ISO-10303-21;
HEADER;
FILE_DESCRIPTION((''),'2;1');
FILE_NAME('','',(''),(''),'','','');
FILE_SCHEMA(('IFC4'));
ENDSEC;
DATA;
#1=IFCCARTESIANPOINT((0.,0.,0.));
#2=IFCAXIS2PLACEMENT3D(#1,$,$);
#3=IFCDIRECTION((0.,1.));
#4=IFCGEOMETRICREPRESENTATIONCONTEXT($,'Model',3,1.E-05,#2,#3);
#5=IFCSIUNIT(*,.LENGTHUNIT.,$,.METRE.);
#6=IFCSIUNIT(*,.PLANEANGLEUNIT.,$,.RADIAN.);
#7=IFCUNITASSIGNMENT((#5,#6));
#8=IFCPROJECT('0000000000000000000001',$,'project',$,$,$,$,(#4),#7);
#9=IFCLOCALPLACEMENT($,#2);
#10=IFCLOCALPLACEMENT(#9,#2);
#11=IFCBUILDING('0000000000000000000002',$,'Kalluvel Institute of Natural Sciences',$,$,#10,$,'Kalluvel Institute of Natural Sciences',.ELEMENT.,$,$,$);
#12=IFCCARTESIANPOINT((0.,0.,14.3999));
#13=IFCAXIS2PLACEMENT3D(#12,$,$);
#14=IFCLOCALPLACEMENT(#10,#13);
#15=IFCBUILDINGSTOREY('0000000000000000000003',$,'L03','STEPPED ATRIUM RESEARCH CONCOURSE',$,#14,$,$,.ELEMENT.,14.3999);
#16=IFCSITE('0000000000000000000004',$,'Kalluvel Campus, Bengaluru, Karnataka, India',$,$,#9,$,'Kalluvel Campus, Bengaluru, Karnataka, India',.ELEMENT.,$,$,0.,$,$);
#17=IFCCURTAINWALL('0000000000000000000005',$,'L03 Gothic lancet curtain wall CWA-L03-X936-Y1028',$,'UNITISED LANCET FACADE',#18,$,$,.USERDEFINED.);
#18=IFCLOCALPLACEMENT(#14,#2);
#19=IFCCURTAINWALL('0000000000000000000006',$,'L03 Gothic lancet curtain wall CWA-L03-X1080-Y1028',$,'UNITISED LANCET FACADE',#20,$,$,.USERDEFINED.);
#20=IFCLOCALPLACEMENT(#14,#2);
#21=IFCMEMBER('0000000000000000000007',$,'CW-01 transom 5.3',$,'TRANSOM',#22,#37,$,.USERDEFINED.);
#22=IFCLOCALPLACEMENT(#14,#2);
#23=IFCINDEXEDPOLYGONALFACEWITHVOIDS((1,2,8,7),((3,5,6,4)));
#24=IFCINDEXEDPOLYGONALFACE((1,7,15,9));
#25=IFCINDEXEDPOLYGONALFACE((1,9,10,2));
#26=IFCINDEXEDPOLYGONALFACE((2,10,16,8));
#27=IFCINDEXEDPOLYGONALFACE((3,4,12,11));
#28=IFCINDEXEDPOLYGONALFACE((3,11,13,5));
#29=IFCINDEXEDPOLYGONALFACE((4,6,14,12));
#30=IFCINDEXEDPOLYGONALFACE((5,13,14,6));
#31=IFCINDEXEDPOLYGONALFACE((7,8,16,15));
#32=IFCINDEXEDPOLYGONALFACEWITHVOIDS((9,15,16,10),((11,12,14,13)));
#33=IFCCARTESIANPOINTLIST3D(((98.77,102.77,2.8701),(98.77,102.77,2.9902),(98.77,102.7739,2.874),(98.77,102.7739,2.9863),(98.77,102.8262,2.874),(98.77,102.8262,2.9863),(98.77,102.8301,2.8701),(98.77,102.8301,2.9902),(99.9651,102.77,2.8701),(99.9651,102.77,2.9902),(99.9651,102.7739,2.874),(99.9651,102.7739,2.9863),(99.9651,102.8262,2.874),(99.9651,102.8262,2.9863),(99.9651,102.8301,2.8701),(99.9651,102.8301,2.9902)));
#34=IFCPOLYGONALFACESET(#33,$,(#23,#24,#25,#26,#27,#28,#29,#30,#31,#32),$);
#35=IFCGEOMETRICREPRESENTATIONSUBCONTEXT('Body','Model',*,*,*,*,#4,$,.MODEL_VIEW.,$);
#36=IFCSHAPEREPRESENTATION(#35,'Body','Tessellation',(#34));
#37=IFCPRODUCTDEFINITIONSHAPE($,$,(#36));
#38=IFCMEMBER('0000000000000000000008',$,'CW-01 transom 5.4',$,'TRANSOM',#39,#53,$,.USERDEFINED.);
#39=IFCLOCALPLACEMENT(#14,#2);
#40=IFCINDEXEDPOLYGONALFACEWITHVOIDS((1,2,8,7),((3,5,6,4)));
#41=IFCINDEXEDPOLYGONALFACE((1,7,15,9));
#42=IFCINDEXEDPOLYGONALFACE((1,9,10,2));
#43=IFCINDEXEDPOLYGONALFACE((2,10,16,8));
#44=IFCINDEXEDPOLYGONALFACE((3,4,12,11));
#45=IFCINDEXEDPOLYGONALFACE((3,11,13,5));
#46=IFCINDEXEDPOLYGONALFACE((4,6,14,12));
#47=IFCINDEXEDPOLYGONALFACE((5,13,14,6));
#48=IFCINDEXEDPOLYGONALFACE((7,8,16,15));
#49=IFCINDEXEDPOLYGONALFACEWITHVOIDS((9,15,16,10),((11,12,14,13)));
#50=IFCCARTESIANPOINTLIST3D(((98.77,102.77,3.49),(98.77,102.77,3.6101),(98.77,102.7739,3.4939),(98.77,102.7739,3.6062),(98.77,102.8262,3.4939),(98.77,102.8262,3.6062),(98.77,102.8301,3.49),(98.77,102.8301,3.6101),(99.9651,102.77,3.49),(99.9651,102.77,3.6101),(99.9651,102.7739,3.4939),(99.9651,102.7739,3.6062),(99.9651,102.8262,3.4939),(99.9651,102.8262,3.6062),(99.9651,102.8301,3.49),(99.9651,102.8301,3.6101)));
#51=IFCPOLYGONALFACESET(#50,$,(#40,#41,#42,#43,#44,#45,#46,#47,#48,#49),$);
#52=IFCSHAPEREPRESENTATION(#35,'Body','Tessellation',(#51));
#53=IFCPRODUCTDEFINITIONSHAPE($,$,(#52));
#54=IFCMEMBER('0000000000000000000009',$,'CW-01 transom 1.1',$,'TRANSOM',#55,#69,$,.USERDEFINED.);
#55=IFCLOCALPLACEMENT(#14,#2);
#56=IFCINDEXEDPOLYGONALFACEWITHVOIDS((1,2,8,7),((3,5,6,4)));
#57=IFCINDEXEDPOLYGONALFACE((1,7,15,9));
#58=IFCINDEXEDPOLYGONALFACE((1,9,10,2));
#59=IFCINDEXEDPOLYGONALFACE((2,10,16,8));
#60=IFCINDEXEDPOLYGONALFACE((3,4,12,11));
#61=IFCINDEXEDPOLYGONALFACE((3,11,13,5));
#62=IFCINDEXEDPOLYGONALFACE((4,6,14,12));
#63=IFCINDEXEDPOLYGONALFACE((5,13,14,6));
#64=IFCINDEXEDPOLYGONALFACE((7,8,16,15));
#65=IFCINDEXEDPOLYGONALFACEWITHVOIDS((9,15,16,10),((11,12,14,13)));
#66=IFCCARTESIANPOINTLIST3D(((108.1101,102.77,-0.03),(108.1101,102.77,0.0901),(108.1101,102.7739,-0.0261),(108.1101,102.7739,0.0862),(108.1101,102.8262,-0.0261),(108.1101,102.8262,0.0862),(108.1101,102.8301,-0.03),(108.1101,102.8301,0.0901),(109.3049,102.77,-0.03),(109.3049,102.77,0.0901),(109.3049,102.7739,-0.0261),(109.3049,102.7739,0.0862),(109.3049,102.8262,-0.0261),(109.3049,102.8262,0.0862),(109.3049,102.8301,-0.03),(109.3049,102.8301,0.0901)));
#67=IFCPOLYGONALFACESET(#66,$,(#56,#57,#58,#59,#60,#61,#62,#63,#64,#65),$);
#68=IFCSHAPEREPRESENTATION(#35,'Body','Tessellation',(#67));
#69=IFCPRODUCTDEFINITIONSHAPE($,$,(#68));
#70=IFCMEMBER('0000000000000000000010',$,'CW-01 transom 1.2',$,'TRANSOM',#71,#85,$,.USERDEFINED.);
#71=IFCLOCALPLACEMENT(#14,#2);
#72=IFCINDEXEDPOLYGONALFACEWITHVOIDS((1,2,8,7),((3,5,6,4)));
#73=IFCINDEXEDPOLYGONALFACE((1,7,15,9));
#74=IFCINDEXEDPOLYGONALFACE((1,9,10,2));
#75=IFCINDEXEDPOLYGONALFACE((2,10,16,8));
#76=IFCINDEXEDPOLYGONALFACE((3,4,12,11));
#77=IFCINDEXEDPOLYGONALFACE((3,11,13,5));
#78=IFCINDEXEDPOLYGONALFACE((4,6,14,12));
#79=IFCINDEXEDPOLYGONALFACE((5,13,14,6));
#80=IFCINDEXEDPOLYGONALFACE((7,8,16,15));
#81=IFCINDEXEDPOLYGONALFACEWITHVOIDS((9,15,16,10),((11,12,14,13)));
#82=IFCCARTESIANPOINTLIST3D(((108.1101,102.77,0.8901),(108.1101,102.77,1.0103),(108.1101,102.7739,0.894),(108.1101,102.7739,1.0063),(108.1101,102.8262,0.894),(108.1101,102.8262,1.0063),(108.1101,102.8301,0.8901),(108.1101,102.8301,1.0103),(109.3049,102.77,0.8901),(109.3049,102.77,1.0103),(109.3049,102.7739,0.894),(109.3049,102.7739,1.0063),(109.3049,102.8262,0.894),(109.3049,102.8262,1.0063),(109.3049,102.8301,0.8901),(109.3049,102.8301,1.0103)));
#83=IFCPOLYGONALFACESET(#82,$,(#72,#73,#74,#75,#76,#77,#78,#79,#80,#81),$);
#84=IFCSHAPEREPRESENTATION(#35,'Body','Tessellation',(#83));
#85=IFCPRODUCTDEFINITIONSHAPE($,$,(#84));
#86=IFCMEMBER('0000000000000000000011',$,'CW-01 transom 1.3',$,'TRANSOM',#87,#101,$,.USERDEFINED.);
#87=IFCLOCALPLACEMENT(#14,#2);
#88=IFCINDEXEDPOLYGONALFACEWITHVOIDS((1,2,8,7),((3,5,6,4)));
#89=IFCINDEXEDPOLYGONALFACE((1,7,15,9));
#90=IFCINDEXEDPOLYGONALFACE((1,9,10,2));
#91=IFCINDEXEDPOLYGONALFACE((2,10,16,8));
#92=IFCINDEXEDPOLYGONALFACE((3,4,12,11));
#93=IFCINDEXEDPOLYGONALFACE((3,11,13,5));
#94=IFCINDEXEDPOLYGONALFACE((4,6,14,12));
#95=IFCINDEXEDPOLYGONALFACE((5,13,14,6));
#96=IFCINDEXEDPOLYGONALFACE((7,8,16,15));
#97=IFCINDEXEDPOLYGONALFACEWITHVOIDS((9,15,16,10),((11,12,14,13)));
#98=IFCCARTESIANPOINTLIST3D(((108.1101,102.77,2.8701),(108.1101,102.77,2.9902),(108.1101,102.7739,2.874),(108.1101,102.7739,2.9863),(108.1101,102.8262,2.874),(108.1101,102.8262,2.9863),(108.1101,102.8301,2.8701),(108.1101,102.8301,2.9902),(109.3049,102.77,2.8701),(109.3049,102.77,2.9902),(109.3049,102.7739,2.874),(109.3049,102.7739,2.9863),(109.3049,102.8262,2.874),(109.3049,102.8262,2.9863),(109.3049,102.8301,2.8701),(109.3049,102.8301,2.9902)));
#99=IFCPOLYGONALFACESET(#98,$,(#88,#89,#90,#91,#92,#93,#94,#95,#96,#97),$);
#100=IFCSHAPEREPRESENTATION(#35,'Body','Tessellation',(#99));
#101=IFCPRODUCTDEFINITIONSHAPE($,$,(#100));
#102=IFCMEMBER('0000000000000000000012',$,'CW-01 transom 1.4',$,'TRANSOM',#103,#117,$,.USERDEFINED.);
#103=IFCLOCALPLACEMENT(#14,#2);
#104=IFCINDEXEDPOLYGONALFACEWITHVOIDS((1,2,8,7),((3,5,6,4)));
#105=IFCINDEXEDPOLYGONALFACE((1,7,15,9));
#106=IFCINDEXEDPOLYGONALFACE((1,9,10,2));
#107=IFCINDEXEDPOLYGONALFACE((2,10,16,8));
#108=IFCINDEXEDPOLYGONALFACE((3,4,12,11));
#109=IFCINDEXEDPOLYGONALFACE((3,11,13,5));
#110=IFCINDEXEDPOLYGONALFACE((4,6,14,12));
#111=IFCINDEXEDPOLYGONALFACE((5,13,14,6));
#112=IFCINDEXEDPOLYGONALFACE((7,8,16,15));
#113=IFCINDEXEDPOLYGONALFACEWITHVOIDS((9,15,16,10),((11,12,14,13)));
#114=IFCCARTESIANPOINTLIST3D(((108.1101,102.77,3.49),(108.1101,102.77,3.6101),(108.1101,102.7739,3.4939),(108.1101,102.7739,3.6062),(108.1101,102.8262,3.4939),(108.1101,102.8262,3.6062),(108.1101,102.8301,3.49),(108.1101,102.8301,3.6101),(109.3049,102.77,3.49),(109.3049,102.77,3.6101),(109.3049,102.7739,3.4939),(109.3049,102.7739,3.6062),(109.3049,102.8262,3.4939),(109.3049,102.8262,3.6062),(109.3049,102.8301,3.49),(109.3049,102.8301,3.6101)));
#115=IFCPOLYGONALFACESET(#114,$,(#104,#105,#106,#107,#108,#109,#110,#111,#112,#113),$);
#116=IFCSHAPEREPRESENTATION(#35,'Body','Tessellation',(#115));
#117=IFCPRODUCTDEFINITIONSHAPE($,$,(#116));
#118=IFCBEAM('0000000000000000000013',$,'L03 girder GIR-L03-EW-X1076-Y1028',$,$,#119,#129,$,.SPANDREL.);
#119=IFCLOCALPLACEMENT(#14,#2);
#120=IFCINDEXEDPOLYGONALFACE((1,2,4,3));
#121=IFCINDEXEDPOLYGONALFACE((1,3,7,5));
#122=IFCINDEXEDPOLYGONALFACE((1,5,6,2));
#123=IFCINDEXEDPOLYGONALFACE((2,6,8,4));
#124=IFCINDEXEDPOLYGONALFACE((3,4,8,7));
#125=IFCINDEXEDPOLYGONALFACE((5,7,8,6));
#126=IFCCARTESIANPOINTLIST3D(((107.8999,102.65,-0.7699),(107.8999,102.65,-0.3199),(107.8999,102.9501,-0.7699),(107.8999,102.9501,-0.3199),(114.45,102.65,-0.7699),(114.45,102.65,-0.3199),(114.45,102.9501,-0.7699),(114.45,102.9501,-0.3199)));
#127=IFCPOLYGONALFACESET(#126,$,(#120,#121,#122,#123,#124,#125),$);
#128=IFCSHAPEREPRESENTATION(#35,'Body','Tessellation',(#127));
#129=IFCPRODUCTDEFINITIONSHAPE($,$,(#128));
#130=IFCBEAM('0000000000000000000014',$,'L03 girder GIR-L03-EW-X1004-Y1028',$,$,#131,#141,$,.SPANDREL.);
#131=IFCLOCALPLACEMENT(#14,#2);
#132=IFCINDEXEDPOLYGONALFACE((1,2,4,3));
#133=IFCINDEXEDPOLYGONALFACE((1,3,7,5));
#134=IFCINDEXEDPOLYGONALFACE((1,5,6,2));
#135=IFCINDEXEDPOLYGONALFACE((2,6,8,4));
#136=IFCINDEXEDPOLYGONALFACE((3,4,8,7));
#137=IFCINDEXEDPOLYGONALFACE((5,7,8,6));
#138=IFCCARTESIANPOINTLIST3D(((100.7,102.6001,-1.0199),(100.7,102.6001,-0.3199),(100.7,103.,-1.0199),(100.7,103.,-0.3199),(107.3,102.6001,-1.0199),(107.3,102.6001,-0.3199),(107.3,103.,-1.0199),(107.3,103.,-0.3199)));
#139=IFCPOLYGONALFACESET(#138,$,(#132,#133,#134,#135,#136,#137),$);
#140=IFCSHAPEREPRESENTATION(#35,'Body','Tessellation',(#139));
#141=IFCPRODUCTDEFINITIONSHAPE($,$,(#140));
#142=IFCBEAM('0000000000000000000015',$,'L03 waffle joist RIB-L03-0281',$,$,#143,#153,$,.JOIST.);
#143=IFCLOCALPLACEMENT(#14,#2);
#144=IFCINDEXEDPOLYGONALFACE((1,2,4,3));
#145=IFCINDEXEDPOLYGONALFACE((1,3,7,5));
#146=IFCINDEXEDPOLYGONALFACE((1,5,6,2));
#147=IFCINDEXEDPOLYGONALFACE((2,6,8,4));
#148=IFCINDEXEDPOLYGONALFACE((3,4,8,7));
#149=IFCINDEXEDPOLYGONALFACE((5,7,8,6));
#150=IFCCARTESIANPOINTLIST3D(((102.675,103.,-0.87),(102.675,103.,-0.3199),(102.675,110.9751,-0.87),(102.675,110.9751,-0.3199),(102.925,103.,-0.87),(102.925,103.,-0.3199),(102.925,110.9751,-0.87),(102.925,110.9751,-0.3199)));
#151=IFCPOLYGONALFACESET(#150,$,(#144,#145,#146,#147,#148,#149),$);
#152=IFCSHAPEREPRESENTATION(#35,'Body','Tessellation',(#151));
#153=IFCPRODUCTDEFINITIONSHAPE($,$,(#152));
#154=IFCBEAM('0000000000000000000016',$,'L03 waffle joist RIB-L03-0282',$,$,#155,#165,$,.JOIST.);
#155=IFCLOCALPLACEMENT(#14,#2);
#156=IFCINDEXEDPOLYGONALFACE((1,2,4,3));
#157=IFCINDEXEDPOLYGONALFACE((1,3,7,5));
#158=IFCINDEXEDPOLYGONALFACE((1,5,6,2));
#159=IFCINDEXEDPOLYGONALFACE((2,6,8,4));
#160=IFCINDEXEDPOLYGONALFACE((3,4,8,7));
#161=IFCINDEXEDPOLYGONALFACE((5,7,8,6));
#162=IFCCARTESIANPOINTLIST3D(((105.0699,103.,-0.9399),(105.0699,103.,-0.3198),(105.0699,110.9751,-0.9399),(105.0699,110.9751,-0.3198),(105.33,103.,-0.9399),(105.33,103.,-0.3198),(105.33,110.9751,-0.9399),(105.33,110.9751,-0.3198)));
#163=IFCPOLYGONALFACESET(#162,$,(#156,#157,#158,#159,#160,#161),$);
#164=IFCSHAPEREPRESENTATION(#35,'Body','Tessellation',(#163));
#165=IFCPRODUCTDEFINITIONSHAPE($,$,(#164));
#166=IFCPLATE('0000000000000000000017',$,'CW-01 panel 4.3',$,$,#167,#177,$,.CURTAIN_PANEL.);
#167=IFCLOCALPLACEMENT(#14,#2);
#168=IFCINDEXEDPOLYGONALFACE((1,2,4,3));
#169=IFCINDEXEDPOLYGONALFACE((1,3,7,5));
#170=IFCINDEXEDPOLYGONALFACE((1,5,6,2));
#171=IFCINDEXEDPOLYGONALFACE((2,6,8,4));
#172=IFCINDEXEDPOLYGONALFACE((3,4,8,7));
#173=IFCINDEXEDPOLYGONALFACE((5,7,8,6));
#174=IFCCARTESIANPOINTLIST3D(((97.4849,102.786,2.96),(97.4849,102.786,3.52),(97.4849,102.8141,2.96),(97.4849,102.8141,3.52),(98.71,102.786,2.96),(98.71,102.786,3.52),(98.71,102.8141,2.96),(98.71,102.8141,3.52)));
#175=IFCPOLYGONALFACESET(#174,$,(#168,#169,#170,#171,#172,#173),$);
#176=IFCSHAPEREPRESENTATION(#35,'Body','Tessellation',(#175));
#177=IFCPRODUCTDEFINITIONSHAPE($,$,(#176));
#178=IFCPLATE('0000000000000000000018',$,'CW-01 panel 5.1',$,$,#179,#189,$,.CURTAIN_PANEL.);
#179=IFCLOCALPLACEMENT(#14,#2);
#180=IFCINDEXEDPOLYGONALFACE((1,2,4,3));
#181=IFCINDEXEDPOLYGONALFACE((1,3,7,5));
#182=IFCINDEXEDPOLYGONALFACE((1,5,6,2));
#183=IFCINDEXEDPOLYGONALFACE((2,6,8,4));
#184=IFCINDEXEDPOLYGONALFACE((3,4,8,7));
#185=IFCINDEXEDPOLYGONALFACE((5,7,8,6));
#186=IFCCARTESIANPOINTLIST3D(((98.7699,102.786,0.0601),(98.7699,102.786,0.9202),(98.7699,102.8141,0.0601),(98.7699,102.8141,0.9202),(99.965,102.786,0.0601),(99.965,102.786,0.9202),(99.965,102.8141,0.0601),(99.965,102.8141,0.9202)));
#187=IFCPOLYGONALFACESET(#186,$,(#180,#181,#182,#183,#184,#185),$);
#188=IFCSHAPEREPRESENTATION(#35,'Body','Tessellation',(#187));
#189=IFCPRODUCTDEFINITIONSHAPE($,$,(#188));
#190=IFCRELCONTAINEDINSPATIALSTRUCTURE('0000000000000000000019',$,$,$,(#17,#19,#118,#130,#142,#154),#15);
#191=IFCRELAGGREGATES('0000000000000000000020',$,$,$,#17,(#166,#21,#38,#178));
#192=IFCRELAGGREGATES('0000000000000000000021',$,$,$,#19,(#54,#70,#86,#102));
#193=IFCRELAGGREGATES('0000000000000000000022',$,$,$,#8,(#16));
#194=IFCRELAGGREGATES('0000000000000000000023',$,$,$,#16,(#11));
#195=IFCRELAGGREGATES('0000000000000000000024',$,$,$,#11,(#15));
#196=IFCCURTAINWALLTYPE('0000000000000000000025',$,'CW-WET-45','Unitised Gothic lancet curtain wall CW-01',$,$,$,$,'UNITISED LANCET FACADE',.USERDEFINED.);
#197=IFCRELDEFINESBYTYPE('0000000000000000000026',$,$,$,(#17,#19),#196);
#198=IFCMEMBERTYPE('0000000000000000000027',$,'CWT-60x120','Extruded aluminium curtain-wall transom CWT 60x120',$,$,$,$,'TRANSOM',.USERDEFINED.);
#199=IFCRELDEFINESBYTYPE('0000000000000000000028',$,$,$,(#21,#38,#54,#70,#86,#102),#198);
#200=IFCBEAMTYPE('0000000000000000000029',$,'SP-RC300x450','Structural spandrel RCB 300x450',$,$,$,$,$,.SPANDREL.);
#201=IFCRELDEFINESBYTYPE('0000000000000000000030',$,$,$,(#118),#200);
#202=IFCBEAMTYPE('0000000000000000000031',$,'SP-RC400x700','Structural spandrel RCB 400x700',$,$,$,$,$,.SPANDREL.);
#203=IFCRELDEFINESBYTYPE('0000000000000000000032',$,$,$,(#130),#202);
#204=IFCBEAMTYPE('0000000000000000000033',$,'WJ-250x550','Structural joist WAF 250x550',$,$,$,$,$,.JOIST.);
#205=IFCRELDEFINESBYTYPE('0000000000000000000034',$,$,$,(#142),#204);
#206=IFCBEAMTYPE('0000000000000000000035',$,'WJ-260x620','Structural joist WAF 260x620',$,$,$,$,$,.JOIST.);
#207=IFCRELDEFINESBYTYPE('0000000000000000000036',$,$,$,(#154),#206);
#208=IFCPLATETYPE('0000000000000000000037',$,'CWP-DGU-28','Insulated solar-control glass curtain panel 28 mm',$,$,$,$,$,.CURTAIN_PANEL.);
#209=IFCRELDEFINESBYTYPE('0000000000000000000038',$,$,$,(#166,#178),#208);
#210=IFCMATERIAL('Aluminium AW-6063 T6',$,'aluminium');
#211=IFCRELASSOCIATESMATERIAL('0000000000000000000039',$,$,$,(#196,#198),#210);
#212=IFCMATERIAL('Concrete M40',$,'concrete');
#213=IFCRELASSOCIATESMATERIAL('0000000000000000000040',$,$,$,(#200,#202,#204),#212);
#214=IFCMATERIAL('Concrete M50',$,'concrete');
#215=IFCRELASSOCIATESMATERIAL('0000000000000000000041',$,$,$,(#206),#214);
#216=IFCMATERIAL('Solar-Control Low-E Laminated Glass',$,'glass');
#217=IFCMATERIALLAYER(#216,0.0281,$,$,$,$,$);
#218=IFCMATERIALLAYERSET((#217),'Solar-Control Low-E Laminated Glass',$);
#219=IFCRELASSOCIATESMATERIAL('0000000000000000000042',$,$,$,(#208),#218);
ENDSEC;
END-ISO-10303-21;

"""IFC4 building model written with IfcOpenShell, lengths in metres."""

from ifc_helpers import new_model, si_unit, direction, frame, origin, origin_2d, place, context, subcontext, project, spatial, rectangle, hollow_rectangle, extrude, material, layer, layer_set, material_profile, profile_set, type_object, element, aggregate, save


model = new_model("IFC4")

# Units and contexts
model_context = context("Model", 3, precision=1e-05, world=origin(), true_north=direction((0.0, 1.0)))
body_context = subcontext(model_context, "Body", "Model", "MODEL_VIEW")
ifc_project = project(units=[si_unit("LENGTHUNIT", "METRE"), si_unit("PLANEANGLEUNIT", "RADIAN")], contexts=[model_context])

# Site, building, storey
site_placement = place(None, origin())
site = spatial("IfcSite", under=ifc_project, at=site_placement, Name="Kalluvel Campus, Bengaluru, Karnataka, India", LongName="Kalluvel Campus, Bengaluru, Karnataka, India", CompositionType="ELEMENT", RefElevation=0.0)
building_placement = place(site_placement, origin())
building = spatial("IfcBuilding", under=site, at=building_placement, Name="Kalluvel Institute of Natural Sciences", LongName="Kalluvel Institute of Natural Sciences", CompositionType="ELEMENT")
storey_placement = place(building_placement, frame((0.0, 0.0, 14.3999)))
storey = spatial("IfcBuildingStorey", under=building, at=storey_placement, Name="L03", Description="STEPPED ATRIUM RESEARCH CONCOURSE", CompositionType="ELEMENT", Elevation=14.3999)

# Shared definitions
ifc_material_1 = material(Name="Concrete M50", Category="concrete")
ifc_material_2 = material(Name="Concrete M40", Category="concrete")

# Curtain wall
ifc_material_3 = material(Name="Aluminium AW-6063 T6", Category="aluminium")
curtain_wall_type = type_object("IfcCurtainWallType", Name="CW-WET-45", Description="Unitised Gothic lancet curtain wall CW-01", ElementType="UNITISED LANCET FACADE", PredefinedType="USERDEFINED", material=ifc_material_3)
curtain_wall_1_placement = place(storey_placement, origin())
curtain_wall_1 = element("IfcCurtainWall", 1, at=curtain_wall_1_placement, inside=storey, type_object=curtain_wall_type, Name="L03 Gothic lancet curtain wall CWA-L03-X936-Y1028", ObjectType="UNITISED LANCET FACADE", PredefinedType="USERDEFINED")

# Curtain wall
curtain_wall_2_placement = place(storey_placement, origin())
curtain_wall_2 = element("IfcCurtainWall", 2, at=curtain_wall_2_placement, inside=storey, type_object=curtain_wall_type, Name="L03 Gothic lancet curtain wall CWA-L03-X1080-Y1028", ObjectType="UNITISED LANCET FACADE", PredefinedType="USERDEFINED")

# Members
ifc_material_profile_1 = material_profile(ifc_material_3, hollow_rectangle(XDim=0.0601, YDim=0.1201, WallThickness=0.0039, at=origin_2d()), Name="CWT 60x120")
ifc_profile_set_1 = profile_set([ifc_material_profile_1], Name="Aluminium AW-6063 T6")
member_type_1 = type_object("IfcMemberType", Name="CWT-60x120", Description="Extruded aluminium curtain-wall transom CWT 60x120", ElementType="TRANSOM", PredefinedType="USERDEFINED", material=ifc_profile_set_1)
member_1_placement = place(storey_placement, frame((98.77, 102.8, 2.9302), z_axis=(1.0, 0.0, 0.0), x_axis=(0.0, 1.0, 0.0)))
member_1 = element("IfcMember", 3, at=member_1_placement, type_object=member_type_1, Name="CW-01 transom 5.3", ObjectType="TRANSOM", PredefinedType="USERDEFINED", context=body_context, shape_type="SweptSolid", body=[
    extrude(hollow_rectangle(XDim=0.0601, YDim=0.1201, WallThickness=0.0039, at=origin_2d()), origin(), (0.0, 0.0, 1.0), 1.1951),
])
member_2_placement = place(storey_placement, frame((98.77, 102.8, 3.55), z_axis=(1.0, 0.0, 0.0), x_axis=(0.0, 1.0, 0.0)))
member_2 = element("IfcMember", 4, at=member_2_placement, type_object=member_type_1, Name="CW-01 transom 5.4", ObjectType="TRANSOM", PredefinedType="USERDEFINED", context=body_context, shape_type="SweptSolid", body=[
    extrude(hollow_rectangle(XDim=0.0601, YDim=0.1201, WallThickness=0.0039, at=origin_2d()), origin(), (0.0, 0.0, 1.0), 1.1951),
])
member_3_placement = place(storey_placement, frame((108.1101, 102.8, 0.03), z_axis=(1.0, 0.0, 0.0), x_axis=(0.0, 1.0, 0.0)))
member_3 = element("IfcMember", 5, at=member_3_placement, type_object=member_type_1, Name="CW-01 transom 1.1", ObjectType="TRANSOM", PredefinedType="USERDEFINED", context=body_context, shape_type="SweptSolid", body=[
    extrude(hollow_rectangle(XDim=0.0601, YDim=0.1201, WallThickness=0.0039, at=origin_2d()), origin(), (0.0, 0.0, 1.0), 1.1948),
])
member_4_placement = place(storey_placement, frame((108.1101, 102.8, 0.9502), z_axis=(1.0, 0.0, 0.0), x_axis=(0.0, 1.0, 0.0)))
member_4 = element("IfcMember", 6, at=member_4_placement, type_object=member_type_1, Name="CW-01 transom 1.2", ObjectType="TRANSOM", PredefinedType="USERDEFINED", context=body_context, shape_type="SweptSolid", body=[
    extrude(hollow_rectangle(XDim=0.0601, YDim=0.1201, WallThickness=0.0039, at=origin_2d()), origin(), (0.0, 0.0, 1.0), 1.1948),
])
member_5_placement = place(storey_placement, frame((108.1101, 102.8, 2.9302), z_axis=(1.0, 0.0, 0.0), x_axis=(0.0, 1.0, 0.0)))
member_5 = element("IfcMember", 7, at=member_5_placement, type_object=member_type_1, Name="CW-01 transom 1.3", ObjectType="TRANSOM", PredefinedType="USERDEFINED", context=body_context, shape_type="SweptSolid", body=[
    extrude(hollow_rectangle(XDim=0.0601, YDim=0.1201, WallThickness=0.0039, at=origin_2d()), origin(), (0.0, 0.0, 1.0), 1.1948),
])
member_6_placement = place(storey_placement, frame((108.1101, 102.8, 3.55), z_axis=(1.0, 0.0, 0.0), x_axis=(0.0, 1.0, 0.0)))
member_6 = element("IfcMember", 8, at=member_6_placement, type_object=member_type_1, Name="CW-01 transom 1.4", ObjectType="TRANSOM", PredefinedType="USERDEFINED", context=body_context, shape_type="SweptSolid", body=[
    extrude(hollow_rectangle(XDim=0.0601, YDim=0.1201, WallThickness=0.0039, at=origin_2d()), origin(), (0.0, 0.0, 1.0), 1.1948),
])

# Beams
ifc_material_profile_2 = material_profile(ifc_material_2, rectangle(XDim=0.3, YDim=0.45, at=origin_2d()), Name="RCB 300x450")
ifc_profile_set_2 = profile_set([ifc_material_profile_2], Name="Concrete M40")
beam_type_1 = type_object("IfcBeamType", Name="SP-RC300x450", Description="Structural spandrel RCB 300x450", PredefinedType="SPANDREL", material=ifc_profile_set_2)
beam_1_placement = place(storey_placement, frame((107.8999, 102.8, -0.5449), z_axis=(1.0, 0.0, 0.0), x_axis=(0.0, 1.0, 0.0)))
element("IfcBeam", 9, at=beam_1_placement, inside=storey, type_object=beam_type_1, Name="L03 girder GIR-L03-EW-X1076-Y1028", PredefinedType="SPANDREL", context=body_context, shape_type="SweptSolid", body=[
    extrude(rectangle(XDim=0.3, YDim=0.45, at=origin_2d()), origin(), (0.0, 0.0, 1.0), 6.55),
])
ifc_material_profile_3 = material_profile(ifc_material_2, rectangle(XDim=0.3999, YDim=0.7, at=origin_2d()), Name="RCB 400x700")
ifc_profile_set_3 = profile_set([ifc_material_profile_3], Name="Concrete M40")
beam_type_2 = type_object("IfcBeamType", Name="SP-RC400x700", Description="Structural spandrel RCB 400x700", PredefinedType="SPANDREL", material=ifc_profile_set_3)
beam_2_placement = place(storey_placement, frame((100.7, 102.8, -0.6699), z_axis=(1.0, 0.0, 0.0), x_axis=(0.0, 1.0, 0.0)))
element("IfcBeam", 10, at=beam_2_placement, inside=storey, type_object=beam_type_2, Name="L03 girder GIR-L03-EW-X1004-Y1028", PredefinedType="SPANDREL", context=body_context, shape_type="SweptSolid", body=[
    extrude(rectangle(XDim=0.3999, YDim=0.7, at=origin_2d()), origin(), (0.0, 0.0, 1.0), 6.6001),
])
ifc_material_profile_4 = material_profile(ifc_material_2, rectangle(XDim=0.25, YDim=0.55, at=origin_2d()), Name="WAF 250x550")
ifc_profile_set_4 = profile_set([ifc_material_profile_4], Name="Concrete M40")
beam_type_3 = type_object("IfcBeamType", Name="WJ-250x550", Description="Structural joist WAF 250x550", PredefinedType="JOIST", material=ifc_profile_set_4)
beam_3_placement = place(storey_placement, frame((102.8, 103.0, -0.595), z_axis=(0.0, 1.0, 0.0), x_axis=(-1.0, 0.0, 0.0)))
element("IfcBeam", 11, at=beam_3_placement, inside=storey, type_object=beam_type_3, Name="L03 waffle joist RIB-L03-0281", PredefinedType="JOIST", context=body_context, shape_type="SweptSolid", body=[
    extrude(rectangle(XDim=0.25, YDim=0.55, at=origin_2d()), origin(), (0.0, 0.0, 1.0), 7.9751),
])
ifc_material_profile_5 = material_profile(ifc_material_1, rectangle(XDim=0.26, YDim=0.6201, at=origin_2d()), Name="WAF 260x620")
ifc_profile_set_5 = profile_set([ifc_material_profile_5], Name="Concrete M50")
beam_type_4 = type_object("IfcBeamType", Name="WJ-260x620", Description="Structural joist WAF 260x620", PredefinedType="JOIST", material=ifc_profile_set_5)
beam_4_placement = place(storey_placement, frame((105.2, 103.0, -0.6299), z_axis=(0.0, 1.0, 0.0), x_axis=(-1.0, 0.0, 0.0)))
element("IfcBeam", 12, at=beam_4_placement, inside=storey, type_object=beam_type_4, Name="L03 waffle joist RIB-L03-0282", PredefinedType="JOIST", context=body_context, shape_type="SweptSolid", body=[
    extrude(rectangle(XDim=0.26, YDim=0.6201, at=origin_2d()), origin(), (0.0, 0.0, 1.0), 7.9751),
])

# Plates
ifc_material_4 = material(Name="Solar-Control Low-E Laminated Glass", Category="glass")
ifc_layer_1 = layer(ifc_material_4, 0.0281)
ifc_layer_set_1 = layer_set([ifc_layer_1], Name="Solar-Control Low-E Laminated Glass")
plate_type = type_object("IfcPlateType", Name="CWP-DGU-28", Description="Insulated solar-control glass curtain panel 28 mm", PredefinedType="CURTAIN_PANEL", material=ifc_layer_set_1)
plate_1_placement = place(storey_placement, frame((98.0974, 102.8, 2.96), z_axis=(0.0, 0.0, 1.0), x_axis=(1.0, 0.0, 0.0)))
plate_1 = element("IfcPlate", 13, at=plate_1_placement, type_object=plate_type, Name="CW-01 panel 4.3", PredefinedType="CURTAIN_PANEL", context=body_context, shape_type="SweptSolid", body=[
    extrude(rectangle(XDim=1.2251, YDim=0.0281, at=origin_2d()), origin(), (0.0, 0.0, 1.0), 0.5601),
])
plate_2_placement = place(storey_placement, frame((99.3674, 102.8, 0.0601), z_axis=(0.0, 0.0, 1.0), x_axis=(1.0, 0.0, 0.0)))
plate_2 = element("IfcPlate", 14, at=plate_2_placement, type_object=plate_type, Name="CW-01 panel 5.1", PredefinedType="CURTAIN_PANEL", context=body_context, shape_type="SweptSolid", body=[
    extrude(rectangle(XDim=1.1951, YDim=0.0281, at=origin_2d()), origin(), (0.0, 0.0, 1.0), 0.8601),
])
aggregate(curtain_wall_1, [plate_1, member_1, member_2, plate_2])
aggregate(curtain_wall_2, [member_3, member_4, member_5, member_6])

save(model, "model.ifc")
